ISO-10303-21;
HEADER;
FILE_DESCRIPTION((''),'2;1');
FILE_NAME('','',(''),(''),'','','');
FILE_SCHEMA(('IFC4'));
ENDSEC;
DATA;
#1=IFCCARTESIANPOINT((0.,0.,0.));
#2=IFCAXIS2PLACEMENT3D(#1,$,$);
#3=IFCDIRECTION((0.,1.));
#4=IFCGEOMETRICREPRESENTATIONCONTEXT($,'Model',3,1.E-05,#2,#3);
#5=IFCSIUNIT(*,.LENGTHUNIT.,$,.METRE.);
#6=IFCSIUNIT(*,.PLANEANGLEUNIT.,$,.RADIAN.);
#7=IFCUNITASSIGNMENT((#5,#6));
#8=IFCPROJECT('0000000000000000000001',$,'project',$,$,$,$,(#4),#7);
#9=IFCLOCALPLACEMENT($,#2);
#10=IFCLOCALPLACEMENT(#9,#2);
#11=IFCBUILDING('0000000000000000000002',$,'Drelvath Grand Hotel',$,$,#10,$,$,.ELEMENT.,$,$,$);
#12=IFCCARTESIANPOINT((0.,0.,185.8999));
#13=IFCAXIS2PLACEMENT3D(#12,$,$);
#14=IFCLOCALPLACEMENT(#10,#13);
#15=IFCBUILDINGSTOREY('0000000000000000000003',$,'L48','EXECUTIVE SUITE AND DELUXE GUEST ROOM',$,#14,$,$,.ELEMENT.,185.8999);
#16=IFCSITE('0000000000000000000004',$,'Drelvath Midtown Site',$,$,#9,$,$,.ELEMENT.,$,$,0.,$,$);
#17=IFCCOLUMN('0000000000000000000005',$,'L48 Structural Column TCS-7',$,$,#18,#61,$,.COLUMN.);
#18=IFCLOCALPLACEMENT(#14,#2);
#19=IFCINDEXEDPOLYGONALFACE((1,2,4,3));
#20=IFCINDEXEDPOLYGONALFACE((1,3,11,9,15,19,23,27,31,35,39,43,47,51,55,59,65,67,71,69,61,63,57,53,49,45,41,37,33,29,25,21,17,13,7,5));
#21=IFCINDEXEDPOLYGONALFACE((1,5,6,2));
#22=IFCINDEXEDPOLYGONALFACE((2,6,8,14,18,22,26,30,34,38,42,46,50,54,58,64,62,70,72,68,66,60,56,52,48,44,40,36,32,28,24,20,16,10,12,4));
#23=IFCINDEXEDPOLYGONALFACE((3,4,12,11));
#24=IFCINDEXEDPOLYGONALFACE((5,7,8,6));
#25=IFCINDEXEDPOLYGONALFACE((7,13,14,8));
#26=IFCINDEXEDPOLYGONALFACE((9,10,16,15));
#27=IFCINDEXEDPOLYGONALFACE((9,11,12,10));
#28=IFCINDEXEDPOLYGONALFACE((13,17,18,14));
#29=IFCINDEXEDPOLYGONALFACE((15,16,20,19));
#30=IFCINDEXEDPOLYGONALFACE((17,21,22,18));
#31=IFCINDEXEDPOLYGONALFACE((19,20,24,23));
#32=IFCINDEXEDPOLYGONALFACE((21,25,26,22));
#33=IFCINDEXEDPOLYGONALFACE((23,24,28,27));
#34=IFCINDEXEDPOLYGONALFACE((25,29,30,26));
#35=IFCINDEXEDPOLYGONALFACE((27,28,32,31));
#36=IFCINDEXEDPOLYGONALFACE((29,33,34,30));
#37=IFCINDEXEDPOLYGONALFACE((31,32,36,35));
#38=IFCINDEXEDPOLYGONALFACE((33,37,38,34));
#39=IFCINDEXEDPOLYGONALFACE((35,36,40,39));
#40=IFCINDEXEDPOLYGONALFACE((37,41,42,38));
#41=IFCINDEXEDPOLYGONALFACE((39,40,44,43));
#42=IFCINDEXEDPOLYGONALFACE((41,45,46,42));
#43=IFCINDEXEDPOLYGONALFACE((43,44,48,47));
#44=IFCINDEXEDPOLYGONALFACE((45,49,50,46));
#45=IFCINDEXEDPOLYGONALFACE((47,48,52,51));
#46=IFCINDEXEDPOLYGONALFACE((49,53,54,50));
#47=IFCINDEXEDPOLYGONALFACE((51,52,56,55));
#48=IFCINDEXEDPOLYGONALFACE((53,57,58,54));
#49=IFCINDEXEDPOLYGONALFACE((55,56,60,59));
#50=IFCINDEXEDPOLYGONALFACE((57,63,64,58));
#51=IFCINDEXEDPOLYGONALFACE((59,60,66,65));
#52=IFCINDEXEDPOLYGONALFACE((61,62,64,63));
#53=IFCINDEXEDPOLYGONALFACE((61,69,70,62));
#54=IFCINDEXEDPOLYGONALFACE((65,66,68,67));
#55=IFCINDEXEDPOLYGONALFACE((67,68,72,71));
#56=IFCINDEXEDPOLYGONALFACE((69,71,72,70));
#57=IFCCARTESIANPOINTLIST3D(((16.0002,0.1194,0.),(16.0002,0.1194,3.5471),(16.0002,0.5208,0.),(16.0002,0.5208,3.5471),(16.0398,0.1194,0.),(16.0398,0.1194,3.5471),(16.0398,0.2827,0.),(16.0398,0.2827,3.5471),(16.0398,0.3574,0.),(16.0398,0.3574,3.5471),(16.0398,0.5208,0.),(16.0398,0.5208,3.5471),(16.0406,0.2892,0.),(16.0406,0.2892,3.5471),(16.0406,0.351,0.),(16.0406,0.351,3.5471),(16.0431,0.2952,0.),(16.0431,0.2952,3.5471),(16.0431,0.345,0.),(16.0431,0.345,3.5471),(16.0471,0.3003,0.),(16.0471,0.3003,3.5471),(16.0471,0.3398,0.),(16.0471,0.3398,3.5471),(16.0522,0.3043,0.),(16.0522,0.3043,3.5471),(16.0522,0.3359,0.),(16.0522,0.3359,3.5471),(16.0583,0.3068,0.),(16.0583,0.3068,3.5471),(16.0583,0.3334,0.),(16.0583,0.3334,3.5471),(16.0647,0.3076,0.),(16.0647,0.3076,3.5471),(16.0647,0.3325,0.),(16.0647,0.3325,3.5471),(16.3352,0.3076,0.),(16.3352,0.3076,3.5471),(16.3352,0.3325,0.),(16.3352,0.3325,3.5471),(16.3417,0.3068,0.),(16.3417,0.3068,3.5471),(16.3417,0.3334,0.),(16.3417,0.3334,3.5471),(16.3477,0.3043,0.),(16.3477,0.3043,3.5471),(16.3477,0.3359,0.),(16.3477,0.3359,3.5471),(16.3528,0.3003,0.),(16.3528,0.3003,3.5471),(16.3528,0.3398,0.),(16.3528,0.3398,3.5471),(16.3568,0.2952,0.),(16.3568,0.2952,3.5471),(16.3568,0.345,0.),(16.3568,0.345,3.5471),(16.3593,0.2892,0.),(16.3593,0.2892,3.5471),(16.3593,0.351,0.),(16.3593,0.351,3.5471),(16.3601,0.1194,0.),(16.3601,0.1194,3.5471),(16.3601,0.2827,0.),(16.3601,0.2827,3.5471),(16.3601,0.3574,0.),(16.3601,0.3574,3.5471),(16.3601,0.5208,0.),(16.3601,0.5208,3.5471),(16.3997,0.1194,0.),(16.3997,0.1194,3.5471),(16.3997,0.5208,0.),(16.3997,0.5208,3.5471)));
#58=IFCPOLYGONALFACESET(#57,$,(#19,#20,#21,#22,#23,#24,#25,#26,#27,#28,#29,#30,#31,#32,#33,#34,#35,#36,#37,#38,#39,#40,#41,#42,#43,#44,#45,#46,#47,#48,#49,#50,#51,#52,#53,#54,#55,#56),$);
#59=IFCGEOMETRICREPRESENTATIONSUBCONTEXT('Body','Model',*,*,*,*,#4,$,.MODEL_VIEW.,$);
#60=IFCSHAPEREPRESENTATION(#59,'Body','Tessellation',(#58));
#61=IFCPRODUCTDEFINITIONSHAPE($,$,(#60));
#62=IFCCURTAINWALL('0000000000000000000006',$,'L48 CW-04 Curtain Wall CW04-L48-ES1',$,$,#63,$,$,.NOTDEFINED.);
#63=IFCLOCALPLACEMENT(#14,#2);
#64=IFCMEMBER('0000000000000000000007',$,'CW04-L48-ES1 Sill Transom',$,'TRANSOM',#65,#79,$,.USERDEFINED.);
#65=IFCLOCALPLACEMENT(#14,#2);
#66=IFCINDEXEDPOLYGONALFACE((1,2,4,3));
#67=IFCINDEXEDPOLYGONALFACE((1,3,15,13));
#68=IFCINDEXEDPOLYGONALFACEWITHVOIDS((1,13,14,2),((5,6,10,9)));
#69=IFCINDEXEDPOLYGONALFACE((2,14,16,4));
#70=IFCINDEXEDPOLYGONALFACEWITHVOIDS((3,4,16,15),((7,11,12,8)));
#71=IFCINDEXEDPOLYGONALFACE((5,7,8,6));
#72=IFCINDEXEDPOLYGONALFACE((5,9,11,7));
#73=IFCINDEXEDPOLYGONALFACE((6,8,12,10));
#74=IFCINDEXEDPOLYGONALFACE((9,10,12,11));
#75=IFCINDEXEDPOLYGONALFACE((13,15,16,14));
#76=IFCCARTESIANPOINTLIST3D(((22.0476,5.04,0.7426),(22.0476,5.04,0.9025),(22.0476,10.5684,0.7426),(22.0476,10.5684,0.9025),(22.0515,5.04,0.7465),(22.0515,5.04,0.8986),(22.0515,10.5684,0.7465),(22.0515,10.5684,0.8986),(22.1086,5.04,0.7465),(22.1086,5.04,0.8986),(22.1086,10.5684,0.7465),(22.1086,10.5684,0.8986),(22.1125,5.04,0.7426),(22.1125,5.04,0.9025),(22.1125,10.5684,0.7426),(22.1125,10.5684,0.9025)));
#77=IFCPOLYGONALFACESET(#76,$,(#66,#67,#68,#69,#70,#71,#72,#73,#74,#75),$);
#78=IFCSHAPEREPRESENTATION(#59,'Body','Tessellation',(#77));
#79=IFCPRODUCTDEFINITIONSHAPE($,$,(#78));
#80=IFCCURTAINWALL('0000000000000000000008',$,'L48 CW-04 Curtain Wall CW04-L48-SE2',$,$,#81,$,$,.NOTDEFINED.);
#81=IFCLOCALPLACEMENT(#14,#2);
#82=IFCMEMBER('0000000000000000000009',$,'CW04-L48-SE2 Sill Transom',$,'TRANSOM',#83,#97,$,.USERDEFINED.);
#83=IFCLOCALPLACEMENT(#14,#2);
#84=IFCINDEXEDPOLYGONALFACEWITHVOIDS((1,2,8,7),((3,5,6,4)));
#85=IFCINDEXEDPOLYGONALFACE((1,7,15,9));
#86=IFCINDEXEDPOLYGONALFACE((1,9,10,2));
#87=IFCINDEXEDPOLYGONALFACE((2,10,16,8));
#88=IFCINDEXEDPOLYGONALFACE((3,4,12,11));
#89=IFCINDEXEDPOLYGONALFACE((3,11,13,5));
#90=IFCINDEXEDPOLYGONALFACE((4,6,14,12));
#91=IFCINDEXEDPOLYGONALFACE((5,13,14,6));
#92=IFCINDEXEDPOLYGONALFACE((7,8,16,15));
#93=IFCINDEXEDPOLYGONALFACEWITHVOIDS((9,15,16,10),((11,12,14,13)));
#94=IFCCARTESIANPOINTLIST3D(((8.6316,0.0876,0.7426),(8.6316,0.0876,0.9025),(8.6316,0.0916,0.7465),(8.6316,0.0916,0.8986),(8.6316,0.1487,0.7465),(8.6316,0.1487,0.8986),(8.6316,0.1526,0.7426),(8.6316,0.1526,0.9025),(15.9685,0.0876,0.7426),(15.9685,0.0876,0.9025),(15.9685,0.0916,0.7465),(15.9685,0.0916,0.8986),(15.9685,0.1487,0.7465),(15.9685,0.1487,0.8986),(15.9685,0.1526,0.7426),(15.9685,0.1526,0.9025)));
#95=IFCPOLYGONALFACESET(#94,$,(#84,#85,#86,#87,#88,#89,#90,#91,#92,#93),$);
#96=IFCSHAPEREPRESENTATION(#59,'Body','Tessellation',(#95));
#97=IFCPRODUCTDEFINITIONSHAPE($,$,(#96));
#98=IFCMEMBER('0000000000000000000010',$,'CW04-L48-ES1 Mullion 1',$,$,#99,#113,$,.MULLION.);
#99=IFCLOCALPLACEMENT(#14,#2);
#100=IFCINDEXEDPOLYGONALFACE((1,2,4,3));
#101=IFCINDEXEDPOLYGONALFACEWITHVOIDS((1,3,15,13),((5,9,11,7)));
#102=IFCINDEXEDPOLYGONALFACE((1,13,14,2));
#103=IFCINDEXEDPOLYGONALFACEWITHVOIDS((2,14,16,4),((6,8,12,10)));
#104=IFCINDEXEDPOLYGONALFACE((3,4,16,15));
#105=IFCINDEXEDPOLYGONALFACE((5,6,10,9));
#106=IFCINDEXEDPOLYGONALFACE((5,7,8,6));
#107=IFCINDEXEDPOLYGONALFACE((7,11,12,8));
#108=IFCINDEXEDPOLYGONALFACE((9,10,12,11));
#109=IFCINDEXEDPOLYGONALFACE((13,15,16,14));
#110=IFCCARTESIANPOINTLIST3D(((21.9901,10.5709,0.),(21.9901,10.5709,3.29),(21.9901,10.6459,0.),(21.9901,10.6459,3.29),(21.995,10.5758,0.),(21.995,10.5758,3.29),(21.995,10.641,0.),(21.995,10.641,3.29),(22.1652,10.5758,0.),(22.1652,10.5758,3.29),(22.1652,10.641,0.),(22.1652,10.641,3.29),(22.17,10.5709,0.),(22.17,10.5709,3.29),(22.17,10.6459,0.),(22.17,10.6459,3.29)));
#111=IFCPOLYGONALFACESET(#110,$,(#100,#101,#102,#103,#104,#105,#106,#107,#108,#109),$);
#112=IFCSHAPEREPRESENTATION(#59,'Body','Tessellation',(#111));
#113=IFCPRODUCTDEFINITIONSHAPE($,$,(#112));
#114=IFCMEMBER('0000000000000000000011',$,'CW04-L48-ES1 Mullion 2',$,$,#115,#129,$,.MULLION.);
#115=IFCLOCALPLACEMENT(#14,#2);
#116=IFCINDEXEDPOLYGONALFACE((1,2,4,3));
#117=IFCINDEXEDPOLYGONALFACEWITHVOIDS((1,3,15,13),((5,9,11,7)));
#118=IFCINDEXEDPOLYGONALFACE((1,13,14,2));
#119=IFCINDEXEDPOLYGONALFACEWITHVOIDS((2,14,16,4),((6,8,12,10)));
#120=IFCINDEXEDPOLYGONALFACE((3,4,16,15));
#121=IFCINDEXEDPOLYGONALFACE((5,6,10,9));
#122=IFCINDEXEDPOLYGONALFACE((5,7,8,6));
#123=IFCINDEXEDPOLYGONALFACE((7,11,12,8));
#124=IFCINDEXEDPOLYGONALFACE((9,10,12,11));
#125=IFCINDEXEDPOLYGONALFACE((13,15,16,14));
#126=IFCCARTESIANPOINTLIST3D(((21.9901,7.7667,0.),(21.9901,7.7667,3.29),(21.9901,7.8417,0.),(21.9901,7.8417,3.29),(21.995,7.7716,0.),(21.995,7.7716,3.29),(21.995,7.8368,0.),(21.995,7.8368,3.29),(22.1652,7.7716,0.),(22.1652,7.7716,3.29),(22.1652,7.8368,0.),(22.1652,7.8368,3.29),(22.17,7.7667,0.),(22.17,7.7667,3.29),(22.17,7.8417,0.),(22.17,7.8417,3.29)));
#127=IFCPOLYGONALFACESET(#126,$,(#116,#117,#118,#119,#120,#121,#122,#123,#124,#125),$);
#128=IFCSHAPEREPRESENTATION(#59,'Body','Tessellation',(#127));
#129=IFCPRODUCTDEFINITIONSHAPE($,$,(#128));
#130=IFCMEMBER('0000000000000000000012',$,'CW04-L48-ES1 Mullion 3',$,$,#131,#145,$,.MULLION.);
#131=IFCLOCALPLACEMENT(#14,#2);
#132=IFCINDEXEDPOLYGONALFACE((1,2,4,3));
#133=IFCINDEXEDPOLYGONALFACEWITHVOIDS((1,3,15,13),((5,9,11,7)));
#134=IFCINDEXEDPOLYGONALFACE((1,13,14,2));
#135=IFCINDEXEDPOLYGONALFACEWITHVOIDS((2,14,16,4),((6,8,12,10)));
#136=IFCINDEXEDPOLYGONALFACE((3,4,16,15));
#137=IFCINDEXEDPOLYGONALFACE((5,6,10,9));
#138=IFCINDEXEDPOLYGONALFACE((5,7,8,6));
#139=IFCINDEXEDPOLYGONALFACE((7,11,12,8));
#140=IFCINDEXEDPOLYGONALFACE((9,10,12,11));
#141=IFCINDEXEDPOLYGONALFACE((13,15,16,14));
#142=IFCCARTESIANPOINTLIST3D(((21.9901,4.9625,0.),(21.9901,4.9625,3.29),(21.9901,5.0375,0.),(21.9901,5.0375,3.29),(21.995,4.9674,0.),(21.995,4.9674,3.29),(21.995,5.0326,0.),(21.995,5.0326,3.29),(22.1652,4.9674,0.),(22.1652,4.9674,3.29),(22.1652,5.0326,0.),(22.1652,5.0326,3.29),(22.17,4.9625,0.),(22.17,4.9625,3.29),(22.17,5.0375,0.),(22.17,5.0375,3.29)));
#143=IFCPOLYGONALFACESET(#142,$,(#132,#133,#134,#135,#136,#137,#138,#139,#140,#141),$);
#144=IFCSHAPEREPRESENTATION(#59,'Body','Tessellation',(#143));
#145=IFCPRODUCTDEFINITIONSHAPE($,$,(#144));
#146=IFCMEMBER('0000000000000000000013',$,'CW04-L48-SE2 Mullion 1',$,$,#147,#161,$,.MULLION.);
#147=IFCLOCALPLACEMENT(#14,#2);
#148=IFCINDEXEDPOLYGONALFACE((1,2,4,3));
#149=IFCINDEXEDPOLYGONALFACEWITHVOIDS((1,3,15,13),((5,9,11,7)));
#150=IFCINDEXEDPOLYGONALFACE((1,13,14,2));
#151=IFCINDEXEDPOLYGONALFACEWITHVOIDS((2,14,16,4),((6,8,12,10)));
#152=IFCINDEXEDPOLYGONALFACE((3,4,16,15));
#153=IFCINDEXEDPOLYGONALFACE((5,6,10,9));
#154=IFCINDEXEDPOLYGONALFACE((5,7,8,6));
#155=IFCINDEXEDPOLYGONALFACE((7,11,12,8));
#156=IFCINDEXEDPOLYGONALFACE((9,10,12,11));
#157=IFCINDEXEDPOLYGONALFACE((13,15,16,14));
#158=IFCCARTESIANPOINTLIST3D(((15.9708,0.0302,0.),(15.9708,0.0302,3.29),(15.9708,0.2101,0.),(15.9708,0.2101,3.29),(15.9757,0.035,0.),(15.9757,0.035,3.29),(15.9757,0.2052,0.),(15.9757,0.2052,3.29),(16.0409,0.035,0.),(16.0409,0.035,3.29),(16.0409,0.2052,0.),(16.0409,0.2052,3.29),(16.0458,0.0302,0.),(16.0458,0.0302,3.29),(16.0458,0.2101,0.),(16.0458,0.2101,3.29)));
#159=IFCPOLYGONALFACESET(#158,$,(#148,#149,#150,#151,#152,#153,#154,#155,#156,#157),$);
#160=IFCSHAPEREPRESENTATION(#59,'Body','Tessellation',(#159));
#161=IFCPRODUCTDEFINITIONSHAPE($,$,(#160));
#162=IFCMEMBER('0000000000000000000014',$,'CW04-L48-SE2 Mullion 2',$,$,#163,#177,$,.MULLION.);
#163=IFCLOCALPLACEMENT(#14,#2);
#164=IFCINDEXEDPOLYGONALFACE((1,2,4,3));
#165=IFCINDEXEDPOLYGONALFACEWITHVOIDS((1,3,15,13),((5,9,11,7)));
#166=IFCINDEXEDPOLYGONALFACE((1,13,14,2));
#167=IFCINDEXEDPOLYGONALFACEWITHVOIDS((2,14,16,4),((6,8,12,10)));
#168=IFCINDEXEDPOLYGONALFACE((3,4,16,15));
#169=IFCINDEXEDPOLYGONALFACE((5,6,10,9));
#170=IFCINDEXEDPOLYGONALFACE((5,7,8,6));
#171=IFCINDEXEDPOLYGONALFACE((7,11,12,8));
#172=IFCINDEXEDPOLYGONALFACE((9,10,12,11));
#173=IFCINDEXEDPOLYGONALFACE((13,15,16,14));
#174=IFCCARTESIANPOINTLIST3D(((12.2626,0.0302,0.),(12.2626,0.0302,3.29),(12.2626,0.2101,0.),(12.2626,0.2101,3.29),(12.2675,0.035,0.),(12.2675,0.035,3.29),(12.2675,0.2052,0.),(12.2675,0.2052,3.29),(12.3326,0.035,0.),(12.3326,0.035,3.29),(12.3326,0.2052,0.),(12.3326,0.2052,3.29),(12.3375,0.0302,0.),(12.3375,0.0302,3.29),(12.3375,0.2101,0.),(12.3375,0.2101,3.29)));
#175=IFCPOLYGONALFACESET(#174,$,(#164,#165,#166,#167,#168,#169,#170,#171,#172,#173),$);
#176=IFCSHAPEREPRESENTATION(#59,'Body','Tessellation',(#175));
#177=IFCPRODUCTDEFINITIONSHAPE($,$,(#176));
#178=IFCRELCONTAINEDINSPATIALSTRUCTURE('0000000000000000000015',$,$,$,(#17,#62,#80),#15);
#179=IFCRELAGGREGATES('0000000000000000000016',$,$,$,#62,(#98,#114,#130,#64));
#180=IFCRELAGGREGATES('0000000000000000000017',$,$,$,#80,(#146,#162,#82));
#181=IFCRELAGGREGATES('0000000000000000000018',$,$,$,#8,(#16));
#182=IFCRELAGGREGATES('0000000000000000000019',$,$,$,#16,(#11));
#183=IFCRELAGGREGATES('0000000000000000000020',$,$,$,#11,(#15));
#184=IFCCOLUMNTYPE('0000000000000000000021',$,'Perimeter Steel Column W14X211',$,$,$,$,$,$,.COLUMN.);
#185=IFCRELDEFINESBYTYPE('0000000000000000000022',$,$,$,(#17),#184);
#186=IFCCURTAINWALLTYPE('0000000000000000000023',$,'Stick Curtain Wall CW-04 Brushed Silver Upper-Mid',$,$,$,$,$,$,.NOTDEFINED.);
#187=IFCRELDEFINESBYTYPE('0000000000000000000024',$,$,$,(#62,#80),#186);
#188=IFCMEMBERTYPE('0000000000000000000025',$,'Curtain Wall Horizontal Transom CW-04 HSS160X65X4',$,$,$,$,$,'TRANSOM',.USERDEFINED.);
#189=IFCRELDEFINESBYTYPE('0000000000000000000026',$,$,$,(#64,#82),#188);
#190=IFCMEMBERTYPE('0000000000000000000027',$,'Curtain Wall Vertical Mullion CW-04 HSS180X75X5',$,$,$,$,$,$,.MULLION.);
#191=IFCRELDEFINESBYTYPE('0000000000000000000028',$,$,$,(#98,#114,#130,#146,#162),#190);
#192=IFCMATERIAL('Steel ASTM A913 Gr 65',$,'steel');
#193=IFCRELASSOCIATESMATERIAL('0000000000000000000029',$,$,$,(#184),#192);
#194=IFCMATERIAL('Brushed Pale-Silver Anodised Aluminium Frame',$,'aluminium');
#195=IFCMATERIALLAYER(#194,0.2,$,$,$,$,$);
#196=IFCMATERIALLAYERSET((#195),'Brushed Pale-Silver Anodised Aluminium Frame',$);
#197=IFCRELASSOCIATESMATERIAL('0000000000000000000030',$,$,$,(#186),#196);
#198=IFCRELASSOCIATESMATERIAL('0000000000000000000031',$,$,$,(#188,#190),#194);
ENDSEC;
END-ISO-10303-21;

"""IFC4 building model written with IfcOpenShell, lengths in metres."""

from ifc_helpers import new_model, si_unit, direction, frame, origin, origin_2d, place, context, subcontext, project, spatial, hollow_rectangle, i_section, extrude, material, layer, layer_set, material_profile, profile_set, type_object, element, aggregate, save


model = new_model("IFC4")

# Units and contexts
model_context = context("Model", 3, precision=1e-05, world=origin(), true_north=direction((0.0, 1.0)))
body_context = subcontext(model_context, "Body", "Model", "MODEL_VIEW")
ifc_project = project(units=[si_unit("LENGTHUNIT", "METRE"), si_unit("PLANEANGLEUNIT", "RADIAN")], contexts=[model_context])

# Site, building, storey
site_placement = place(None, origin())
site = spatial("IfcSite", under=ifc_project, at=site_placement, Name="Drelvath Midtown Site", CompositionType="ELEMENT", RefElevation=0.0)
building_placement = place(site_placement, origin())
building = spatial("IfcBuilding", under=site, at=building_placement, Name="Drelvath Grand Hotel", CompositionType="ELEMENT")
storey_placement = place(building_placement, frame((0.0, 0.0, 185.8999)))
storey = spatial("IfcBuildingStorey", under=building, at=storey_placement, Name="L48", Description="EXECUTIVE SUITE AND DELUXE GUEST ROOM", CompositionType="ELEMENT", Elevation=185.8999)

# Column
ifc_material_1 = material(Name="Steel ASTM A913 Gr 65", Category="steel")
ifc_material_profile_1 = material_profile(ifc_material_1, i_section(OverallWidth=0.4014, OverallDepth=0.3994, WebThickness=0.0249, FlangeThickness=0.0396, FilletRadius=0.0249, at=origin_2d()), Name="W14X211")
ifc_profile_set_1 = profile_set([ifc_material_profile_1], Name="Steel ASTM A913 Gr 65")
column_type = type_object("IfcColumnType", Name="Perimeter Steel Column W14X211", PredefinedType="COLUMN", material=ifc_profile_set_1)
column_placement = place(storey_placement, frame((16.2, 0.3201, 0.0), z_axis=(0.0, 0.0, 1.0), x_axis=(0.0, 1.0, 0.0)))
element("IfcColumn", 1, at=column_placement, inside=storey, type_object=column_type, Name="L48 Structural Column TCS-7", PredefinedType="COLUMN", context=body_context, shape_type="SweptSolid", body=[
    extrude(i_section(OverallWidth=0.4014, OverallDepth=0.3994, WebThickness=0.0249, FlangeThickness=0.0396, FilletRadius=0.0249, at=origin_2d()), origin(), (0.0, 0.0, 1.0), 3.5471),
])

# Curtain walls, members
ifc_material_2 = material(Name="Brushed Pale-Silver Anodised Aluminium Frame", Category="aluminium")
ifc_layer_1 = layer(ifc_material_2, 0.2)
ifc_layer_set_1 = layer_set([ifc_layer_1], Name="Brushed Pale-Silver Anodised Aluminium Frame")
curtain_wall_type = type_object("IfcCurtainWallType", Name="Stick Curtain Wall CW-04 Brushed Silver Upper-Mid", PredefinedType="NOTDEFINED", material=ifc_layer_set_1)
curtain_wall_1_placement = place(storey_placement, origin())
curtain_wall_1 = element("IfcCurtainWall", 2, at=curtain_wall_1_placement, inside=storey, type_object=curtain_wall_type, Name="L48 CW-04 Curtain Wall CW04-L48-ES1", PredefinedType="NOTDEFINED")
ifc_material_profile_2 = material_profile(ifc_material_2, hollow_rectangle(XDim=0.0649, YDim=0.1599, WallThickness=0.0039, at=origin_2d()), Name="HSS160X65X4")
ifc_profile_set_2 = profile_set([ifc_material_profile_2], Name="Brushed Pale-Silver Anodised Aluminium Frame")
member_type_1 = type_object("IfcMemberType", Name="Curtain Wall Horizontal Transom CW-04 HSS160X65X4", ElementType="TRANSOM", PredefinedType="USERDEFINED", material=ifc_profile_set_2)
member_1_placement = place(storey_placement, frame((22.0801, 10.5684, 0.8225), z_axis=(0.0, -1.0, 0.0), x_axis=(1.0, 0.0, 0.0)))
member_1 = element("IfcMember", 3, at=member_1_placement, type_object=member_type_1, Name="CW04-L48-ES1 Sill Transom", ObjectType="TRANSOM", PredefinedType="USERDEFINED", context=body_context, shape_type="SweptSolid", body=[
    extrude(hollow_rectangle(XDim=0.0649, YDim=0.1599, WallThickness=0.0039, at=origin_2d()), origin(), (0.0, 0.0, 1.0), 5.5283),
])
curtain_wall_2_placement = place(storey_placement, origin())
curtain_wall_2 = element("IfcCurtainWall", 4, at=curtain_wall_2_placement, inside=storey, type_object=curtain_wall_type, Name="L48 CW-04 Curtain Wall CW04-L48-SE2", PredefinedType="NOTDEFINED")
member_2_placement = place(storey_placement, frame((15.9685, 0.1201, 0.8225), z_axis=(-1.0, 0.0, 0.0), x_axis=(0.0, -1.0, 0.0)))
member_2 = element("IfcMember", 5, at=member_2_placement, type_object=member_type_1, Name="CW04-L48-SE2 Sill Transom", ObjectType="TRANSOM", PredefinedType="USERDEFINED", context=body_context, shape_type="SweptSolid", body=[
    extrude(hollow_rectangle(XDim=0.0649, YDim=0.1599, WallThickness=0.0039, at=origin_2d()), origin(), (0.0, 0.0, 1.0), 7.3369),
])

# Members
ifc_material_profile_3 = material_profile(ifc_material_2, hollow_rectangle(XDim=0.075, YDim=0.1799, WallThickness=0.0049, at=origin_2d()), Name="HSS180X75X5")
ifc_profile_set_3 = profile_set([ifc_material_profile_3], Name="Brushed Pale-Silver Anodised Aluminium Frame")
member_type_2 = type_object("IfcMemberType", Name="Curtain Wall Vertical Mullion CW-04 HSS180X75X5", PredefinedType="MULLION", material=ifc_profile_set_3)
member_3_placement = place(storey_placement, frame((22.0801, 10.6084, 0.0), z_axis=(0.0, 0.0, 1.0), x_axis=(0.0, 1.0, 0.0)))
member_3 = element("IfcMember", 6, at=member_3_placement, type_object=member_type_2, Name="CW04-L48-ES1 Mullion 1", PredefinedType="MULLION", context=body_context, shape_type="SweptSolid", body=[
    extrude(hollow_rectangle(XDim=0.075, YDim=0.1799, WallThickness=0.0049, at=origin_2d()), origin(), (0.0, 0.0, 1.0), 3.29),
])
member_4_placement = place(storey_placement, frame((22.0801, 7.8042, 0.0), z_axis=(0.0, 0.0, 1.0), x_axis=(0.0, 1.0, 0.0)))
member_4 = element("IfcMember", 7, at=member_4_placement, type_object=member_type_2, Name="CW04-L48-ES1 Mullion 2", PredefinedType="MULLION", context=body_context, shape_type="SweptSolid", body=[
    extrude(hollow_rectangle(XDim=0.075, YDim=0.1799, WallThickness=0.0049, at=origin_2d()), origin(), (0.0, 0.0, 1.0), 3.29),
])
member_5_placement = place(storey_placement, frame((22.0801, 5.0, 0.0), z_axis=(0.0, 0.0, 1.0), x_axis=(0.0, 1.0, 0.0)))
member_5 = element("IfcMember", 8, at=member_5_placement, type_object=member_type_2, Name="CW04-L48-ES1 Mullion 3", PredefinedType="MULLION", context=body_context, shape_type="SweptSolid", body=[
    extrude(hollow_rectangle(XDim=0.075, YDim=0.1799, WallThickness=0.0049, at=origin_2d()), origin(), (0.0, 0.0, 1.0), 3.29),
])
member_6_placement = place(storey_placement, frame((16.0083, 0.1201, 0.0), z_axis=(0.0, 0.0, 1.0), x_axis=(1.0, 0.0, 0.0)))
member_6 = element("IfcMember", 9, at=member_6_placement, type_object=member_type_2, Name="CW04-L48-SE2 Mullion 1", PredefinedType="MULLION", context=body_context, shape_type="SweptSolid", body=[
    extrude(hollow_rectangle(XDim=0.075, YDim=0.1799, WallThickness=0.0049, at=origin_2d()), origin(), (0.0, 0.0, 1.0), 3.29),
])
member_7_placement = place(storey_placement, frame((12.3, 0.1201, 0.0), z_axis=(0.0, 0.0, 1.0), x_axis=(1.0, 0.0, 0.0)))
member_7 = element("IfcMember", 10, at=member_7_placement, type_object=member_type_2, Name="CW04-L48-SE2 Mullion 2", PredefinedType="MULLION", context=body_context, shape_type="SweptSolid", body=[
    extrude(hollow_rectangle(XDim=0.075, YDim=0.1799, WallThickness=0.0049, at=origin_2d()), origin(), (0.0, 0.0, 1.0), 3.29),
])

aggregate(curtain_wall_1, [member_3, member_4, member_5, member_1])
aggregate(curtain_wall_2, [member_6, member_7, member_2])

save(model, "model.ifc")
